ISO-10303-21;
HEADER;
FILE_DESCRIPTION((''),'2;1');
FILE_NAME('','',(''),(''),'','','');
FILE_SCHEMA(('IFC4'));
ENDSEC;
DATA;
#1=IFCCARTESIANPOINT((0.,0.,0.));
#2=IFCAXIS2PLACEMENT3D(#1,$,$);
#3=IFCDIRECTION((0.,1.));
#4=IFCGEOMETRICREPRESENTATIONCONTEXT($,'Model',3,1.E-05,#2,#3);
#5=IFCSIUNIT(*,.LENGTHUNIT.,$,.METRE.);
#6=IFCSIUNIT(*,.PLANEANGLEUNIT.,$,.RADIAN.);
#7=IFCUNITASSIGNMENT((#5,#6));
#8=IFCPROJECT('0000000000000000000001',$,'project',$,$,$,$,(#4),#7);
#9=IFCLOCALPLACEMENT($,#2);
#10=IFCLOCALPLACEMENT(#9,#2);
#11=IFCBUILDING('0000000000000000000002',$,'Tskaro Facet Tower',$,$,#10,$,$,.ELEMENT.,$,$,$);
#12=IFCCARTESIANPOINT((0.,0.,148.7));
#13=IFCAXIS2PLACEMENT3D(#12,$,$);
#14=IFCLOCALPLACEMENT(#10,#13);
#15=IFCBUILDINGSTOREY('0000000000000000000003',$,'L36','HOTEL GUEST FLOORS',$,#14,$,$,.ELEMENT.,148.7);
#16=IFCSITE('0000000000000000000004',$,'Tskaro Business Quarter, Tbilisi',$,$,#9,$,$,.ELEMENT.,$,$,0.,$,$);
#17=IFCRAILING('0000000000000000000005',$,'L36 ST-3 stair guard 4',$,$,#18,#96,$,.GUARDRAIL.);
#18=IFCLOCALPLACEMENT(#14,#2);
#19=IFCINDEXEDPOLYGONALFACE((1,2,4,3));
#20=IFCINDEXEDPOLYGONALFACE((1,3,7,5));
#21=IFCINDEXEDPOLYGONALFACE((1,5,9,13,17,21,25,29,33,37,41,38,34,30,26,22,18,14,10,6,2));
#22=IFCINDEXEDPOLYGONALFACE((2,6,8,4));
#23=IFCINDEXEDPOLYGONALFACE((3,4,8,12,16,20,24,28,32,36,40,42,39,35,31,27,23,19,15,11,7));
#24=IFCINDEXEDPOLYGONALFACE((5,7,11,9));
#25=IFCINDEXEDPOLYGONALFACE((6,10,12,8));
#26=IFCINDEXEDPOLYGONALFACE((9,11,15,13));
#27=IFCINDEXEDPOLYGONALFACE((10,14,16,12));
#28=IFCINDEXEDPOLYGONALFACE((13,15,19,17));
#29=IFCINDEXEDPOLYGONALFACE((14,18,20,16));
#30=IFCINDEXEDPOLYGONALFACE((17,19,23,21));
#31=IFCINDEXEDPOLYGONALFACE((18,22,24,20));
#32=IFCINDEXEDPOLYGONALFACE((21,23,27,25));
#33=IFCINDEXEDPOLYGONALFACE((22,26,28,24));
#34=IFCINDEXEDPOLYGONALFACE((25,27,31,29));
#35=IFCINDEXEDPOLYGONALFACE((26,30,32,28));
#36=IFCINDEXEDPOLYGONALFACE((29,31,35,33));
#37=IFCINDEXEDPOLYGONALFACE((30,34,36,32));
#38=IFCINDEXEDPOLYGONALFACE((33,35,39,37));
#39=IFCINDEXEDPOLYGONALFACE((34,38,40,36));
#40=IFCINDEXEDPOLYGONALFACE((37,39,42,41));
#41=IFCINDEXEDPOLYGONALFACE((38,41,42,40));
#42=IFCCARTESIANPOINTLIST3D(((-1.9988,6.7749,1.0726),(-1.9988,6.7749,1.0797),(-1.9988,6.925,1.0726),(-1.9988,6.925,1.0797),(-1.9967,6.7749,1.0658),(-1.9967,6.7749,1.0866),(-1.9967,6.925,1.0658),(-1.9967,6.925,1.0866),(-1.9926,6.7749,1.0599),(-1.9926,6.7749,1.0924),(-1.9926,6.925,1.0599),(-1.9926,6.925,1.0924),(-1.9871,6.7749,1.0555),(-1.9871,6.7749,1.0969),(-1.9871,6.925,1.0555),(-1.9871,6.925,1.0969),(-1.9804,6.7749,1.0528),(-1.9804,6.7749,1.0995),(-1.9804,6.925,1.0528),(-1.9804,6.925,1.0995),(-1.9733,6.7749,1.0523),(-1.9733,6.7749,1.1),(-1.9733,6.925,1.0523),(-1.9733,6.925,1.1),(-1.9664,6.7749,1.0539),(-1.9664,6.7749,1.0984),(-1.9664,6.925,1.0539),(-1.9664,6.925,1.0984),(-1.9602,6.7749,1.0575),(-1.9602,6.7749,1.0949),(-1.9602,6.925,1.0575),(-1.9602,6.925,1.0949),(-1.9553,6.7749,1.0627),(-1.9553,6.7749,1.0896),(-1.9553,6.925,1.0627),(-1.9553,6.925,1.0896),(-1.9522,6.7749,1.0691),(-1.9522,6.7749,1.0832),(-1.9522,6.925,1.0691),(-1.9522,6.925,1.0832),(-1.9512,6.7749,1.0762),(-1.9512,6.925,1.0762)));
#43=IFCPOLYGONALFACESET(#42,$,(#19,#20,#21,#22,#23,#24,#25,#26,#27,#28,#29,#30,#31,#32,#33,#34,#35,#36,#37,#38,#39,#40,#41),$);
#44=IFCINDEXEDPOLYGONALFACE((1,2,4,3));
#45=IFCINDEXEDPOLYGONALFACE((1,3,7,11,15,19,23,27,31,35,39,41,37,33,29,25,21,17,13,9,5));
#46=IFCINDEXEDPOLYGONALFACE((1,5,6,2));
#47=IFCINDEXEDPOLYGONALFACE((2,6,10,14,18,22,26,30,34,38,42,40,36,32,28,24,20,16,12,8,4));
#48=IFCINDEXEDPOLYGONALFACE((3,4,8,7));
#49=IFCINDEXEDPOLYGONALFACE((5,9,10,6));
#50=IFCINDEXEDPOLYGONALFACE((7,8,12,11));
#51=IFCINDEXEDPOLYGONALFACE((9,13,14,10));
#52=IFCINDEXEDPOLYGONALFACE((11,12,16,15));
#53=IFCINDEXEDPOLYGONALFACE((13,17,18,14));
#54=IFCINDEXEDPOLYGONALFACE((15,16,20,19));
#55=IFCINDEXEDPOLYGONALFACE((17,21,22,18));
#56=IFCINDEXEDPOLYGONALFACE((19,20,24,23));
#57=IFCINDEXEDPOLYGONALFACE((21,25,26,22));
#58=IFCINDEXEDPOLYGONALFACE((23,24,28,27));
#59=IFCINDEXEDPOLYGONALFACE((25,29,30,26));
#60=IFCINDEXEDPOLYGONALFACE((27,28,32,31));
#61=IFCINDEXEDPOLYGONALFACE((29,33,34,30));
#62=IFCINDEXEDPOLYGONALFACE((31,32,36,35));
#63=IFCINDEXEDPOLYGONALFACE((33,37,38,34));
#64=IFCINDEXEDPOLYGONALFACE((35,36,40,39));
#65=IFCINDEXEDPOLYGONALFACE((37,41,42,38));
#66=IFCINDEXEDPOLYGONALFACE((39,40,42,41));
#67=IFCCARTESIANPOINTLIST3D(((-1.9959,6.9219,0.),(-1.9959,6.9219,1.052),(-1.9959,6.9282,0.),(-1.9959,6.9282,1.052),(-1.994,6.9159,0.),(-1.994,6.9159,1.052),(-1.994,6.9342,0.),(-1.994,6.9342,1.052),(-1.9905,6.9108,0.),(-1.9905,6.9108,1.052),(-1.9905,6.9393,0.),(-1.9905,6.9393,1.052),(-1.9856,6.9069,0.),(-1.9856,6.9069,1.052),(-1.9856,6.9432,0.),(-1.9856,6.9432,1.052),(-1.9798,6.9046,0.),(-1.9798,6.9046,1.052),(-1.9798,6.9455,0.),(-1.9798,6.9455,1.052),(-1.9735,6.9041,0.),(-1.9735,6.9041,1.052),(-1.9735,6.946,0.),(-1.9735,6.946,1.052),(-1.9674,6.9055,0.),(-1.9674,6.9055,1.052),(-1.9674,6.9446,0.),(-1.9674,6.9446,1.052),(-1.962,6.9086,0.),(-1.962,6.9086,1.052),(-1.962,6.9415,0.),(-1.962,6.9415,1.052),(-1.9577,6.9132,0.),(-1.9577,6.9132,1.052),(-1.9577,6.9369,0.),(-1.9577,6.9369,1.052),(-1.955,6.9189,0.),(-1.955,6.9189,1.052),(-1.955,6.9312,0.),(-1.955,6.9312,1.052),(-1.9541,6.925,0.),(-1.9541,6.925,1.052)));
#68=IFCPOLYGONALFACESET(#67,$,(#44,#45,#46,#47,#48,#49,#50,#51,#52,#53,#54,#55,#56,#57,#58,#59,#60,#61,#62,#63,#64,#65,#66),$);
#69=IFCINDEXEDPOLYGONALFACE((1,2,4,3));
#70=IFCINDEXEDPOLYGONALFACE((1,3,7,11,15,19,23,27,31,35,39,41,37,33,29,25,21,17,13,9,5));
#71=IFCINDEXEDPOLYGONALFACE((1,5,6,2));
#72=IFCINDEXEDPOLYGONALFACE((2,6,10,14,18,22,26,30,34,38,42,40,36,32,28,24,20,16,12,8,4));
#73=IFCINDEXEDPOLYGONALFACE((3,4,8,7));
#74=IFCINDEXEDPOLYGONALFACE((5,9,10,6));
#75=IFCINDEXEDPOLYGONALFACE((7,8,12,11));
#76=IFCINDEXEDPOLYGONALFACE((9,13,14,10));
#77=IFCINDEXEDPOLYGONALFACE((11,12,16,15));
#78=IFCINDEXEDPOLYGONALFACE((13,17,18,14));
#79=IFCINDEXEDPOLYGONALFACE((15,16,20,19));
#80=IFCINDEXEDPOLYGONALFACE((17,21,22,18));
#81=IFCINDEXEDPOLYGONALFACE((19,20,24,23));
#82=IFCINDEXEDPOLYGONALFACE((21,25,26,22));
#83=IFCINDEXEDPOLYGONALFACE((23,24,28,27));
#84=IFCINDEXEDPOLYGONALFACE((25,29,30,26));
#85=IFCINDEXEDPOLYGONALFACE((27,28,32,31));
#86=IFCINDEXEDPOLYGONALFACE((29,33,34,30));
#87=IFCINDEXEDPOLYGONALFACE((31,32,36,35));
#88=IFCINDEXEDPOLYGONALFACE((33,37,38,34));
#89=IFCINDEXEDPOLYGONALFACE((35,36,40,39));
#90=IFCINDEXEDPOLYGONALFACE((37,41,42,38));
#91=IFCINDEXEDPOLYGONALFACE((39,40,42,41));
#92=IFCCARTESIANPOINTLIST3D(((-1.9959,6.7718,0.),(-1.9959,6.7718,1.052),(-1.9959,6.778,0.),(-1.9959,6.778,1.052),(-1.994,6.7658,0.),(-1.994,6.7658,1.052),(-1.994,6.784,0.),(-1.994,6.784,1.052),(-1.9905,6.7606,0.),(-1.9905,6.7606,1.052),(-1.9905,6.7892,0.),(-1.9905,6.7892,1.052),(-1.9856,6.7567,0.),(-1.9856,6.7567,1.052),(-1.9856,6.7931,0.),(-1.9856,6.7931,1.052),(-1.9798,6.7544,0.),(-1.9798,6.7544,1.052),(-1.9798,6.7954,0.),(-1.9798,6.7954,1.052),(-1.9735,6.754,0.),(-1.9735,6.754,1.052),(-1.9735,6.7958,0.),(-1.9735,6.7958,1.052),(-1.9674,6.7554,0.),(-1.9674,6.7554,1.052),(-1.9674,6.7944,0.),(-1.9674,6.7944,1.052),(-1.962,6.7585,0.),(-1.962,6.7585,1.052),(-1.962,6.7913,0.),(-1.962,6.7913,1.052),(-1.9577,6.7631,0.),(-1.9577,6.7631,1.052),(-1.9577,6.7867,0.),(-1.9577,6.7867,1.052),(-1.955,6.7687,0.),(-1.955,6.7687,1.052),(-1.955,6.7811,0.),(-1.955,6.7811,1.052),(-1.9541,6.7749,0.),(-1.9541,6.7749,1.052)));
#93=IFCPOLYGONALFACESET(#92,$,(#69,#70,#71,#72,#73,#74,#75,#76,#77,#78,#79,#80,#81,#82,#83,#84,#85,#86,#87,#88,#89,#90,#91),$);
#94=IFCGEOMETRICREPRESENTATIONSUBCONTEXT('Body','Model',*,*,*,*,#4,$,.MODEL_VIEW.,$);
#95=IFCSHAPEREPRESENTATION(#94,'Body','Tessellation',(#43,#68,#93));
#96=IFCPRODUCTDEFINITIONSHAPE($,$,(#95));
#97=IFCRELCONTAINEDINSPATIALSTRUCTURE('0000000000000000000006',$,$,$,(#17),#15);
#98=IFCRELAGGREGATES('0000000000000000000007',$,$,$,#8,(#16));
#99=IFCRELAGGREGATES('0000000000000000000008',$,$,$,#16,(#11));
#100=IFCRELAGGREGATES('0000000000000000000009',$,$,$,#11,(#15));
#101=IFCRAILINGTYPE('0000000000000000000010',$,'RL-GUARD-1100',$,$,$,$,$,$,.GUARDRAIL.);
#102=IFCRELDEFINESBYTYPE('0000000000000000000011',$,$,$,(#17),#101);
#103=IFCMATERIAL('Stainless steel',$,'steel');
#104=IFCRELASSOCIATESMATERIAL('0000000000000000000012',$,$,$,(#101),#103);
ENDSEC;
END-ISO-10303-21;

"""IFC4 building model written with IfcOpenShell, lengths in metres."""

from ifc_helpers import new_model, si_unit, direction, frame, origin, origin_2d, place, context, subcontext, project, spatial, circle, extrude, material, type_object, element, save


model = new_model("IFC4")

# Units and contexts
model_context = context("Model", 3, precision=1e-05, world=origin(), true_north=direction((0.0, 1.0)))
body_context = subcontext(model_context, "Body", "Model", "MODEL_VIEW")
ifc_project = project(units=[si_unit("LENGTHUNIT", "METRE"), si_unit("PLANEANGLEUNIT", "RADIAN")], contexts=[model_context])

# Site, building, storey
site_placement = place(None, origin())
site = spatial("IfcSite", under=ifc_project, at=site_placement, Name="Tskaro Business Quarter, Tbilisi", CompositionType="ELEMENT", RefElevation=0.0)
building_placement = place(site_placement, origin())
building = spatial("IfcBuilding", under=site, at=building_placement, Name="Tskaro Facet Tower", CompositionType="ELEMENT")
storey_placement = place(building_placement, frame((0.0, 0.0, 148.7)))
storey = spatial("IfcBuildingStorey", under=building, at=storey_placement, Name="L36", Description="HOTEL GUEST FLOORS", CompositionType="ELEMENT", Elevation=148.7)

# Railing
ifc_material_1 = material(Name="Stainless steel", Category="steel")
railing_type_1 = type_object("IfcRailingType", Name="RL-GUARD-1100", PredefinedType="GUARDRAIL", material=ifc_material_1)
railing_1_placement = place(storey_placement, frame((-1.9751, 6.925, 0.0)))
element("IfcRailing", 1, at=railing_1_placement, inside=storey, type_object=railing_type_1, Name="L36 ST-3 stair guard 4", PredefinedType="GUARDRAIL", context=body_context, shape_type="SweptSolid", body=[
    extrude(circle(Radius=0.0239, at=origin_2d()), frame((0.0, 0.0, 1.0762), z_axis=(0.0, -1.0, 0.0), x_axis=(1.0, 0.0, 0.0)), (0.0, 0.0, 1.0), 0.1501),
    extrude(circle(Radius=0.021, at=origin_2d()), origin(), (0.0, 0.0, 1.0), 1.052),
    extrude(circle(Radius=0.021, at=origin_2d()), frame((0.0, -0.1501, 0.0)), (0.0, 0.0, 1.0), 1.052),
])

save(model, "model.ifc")
